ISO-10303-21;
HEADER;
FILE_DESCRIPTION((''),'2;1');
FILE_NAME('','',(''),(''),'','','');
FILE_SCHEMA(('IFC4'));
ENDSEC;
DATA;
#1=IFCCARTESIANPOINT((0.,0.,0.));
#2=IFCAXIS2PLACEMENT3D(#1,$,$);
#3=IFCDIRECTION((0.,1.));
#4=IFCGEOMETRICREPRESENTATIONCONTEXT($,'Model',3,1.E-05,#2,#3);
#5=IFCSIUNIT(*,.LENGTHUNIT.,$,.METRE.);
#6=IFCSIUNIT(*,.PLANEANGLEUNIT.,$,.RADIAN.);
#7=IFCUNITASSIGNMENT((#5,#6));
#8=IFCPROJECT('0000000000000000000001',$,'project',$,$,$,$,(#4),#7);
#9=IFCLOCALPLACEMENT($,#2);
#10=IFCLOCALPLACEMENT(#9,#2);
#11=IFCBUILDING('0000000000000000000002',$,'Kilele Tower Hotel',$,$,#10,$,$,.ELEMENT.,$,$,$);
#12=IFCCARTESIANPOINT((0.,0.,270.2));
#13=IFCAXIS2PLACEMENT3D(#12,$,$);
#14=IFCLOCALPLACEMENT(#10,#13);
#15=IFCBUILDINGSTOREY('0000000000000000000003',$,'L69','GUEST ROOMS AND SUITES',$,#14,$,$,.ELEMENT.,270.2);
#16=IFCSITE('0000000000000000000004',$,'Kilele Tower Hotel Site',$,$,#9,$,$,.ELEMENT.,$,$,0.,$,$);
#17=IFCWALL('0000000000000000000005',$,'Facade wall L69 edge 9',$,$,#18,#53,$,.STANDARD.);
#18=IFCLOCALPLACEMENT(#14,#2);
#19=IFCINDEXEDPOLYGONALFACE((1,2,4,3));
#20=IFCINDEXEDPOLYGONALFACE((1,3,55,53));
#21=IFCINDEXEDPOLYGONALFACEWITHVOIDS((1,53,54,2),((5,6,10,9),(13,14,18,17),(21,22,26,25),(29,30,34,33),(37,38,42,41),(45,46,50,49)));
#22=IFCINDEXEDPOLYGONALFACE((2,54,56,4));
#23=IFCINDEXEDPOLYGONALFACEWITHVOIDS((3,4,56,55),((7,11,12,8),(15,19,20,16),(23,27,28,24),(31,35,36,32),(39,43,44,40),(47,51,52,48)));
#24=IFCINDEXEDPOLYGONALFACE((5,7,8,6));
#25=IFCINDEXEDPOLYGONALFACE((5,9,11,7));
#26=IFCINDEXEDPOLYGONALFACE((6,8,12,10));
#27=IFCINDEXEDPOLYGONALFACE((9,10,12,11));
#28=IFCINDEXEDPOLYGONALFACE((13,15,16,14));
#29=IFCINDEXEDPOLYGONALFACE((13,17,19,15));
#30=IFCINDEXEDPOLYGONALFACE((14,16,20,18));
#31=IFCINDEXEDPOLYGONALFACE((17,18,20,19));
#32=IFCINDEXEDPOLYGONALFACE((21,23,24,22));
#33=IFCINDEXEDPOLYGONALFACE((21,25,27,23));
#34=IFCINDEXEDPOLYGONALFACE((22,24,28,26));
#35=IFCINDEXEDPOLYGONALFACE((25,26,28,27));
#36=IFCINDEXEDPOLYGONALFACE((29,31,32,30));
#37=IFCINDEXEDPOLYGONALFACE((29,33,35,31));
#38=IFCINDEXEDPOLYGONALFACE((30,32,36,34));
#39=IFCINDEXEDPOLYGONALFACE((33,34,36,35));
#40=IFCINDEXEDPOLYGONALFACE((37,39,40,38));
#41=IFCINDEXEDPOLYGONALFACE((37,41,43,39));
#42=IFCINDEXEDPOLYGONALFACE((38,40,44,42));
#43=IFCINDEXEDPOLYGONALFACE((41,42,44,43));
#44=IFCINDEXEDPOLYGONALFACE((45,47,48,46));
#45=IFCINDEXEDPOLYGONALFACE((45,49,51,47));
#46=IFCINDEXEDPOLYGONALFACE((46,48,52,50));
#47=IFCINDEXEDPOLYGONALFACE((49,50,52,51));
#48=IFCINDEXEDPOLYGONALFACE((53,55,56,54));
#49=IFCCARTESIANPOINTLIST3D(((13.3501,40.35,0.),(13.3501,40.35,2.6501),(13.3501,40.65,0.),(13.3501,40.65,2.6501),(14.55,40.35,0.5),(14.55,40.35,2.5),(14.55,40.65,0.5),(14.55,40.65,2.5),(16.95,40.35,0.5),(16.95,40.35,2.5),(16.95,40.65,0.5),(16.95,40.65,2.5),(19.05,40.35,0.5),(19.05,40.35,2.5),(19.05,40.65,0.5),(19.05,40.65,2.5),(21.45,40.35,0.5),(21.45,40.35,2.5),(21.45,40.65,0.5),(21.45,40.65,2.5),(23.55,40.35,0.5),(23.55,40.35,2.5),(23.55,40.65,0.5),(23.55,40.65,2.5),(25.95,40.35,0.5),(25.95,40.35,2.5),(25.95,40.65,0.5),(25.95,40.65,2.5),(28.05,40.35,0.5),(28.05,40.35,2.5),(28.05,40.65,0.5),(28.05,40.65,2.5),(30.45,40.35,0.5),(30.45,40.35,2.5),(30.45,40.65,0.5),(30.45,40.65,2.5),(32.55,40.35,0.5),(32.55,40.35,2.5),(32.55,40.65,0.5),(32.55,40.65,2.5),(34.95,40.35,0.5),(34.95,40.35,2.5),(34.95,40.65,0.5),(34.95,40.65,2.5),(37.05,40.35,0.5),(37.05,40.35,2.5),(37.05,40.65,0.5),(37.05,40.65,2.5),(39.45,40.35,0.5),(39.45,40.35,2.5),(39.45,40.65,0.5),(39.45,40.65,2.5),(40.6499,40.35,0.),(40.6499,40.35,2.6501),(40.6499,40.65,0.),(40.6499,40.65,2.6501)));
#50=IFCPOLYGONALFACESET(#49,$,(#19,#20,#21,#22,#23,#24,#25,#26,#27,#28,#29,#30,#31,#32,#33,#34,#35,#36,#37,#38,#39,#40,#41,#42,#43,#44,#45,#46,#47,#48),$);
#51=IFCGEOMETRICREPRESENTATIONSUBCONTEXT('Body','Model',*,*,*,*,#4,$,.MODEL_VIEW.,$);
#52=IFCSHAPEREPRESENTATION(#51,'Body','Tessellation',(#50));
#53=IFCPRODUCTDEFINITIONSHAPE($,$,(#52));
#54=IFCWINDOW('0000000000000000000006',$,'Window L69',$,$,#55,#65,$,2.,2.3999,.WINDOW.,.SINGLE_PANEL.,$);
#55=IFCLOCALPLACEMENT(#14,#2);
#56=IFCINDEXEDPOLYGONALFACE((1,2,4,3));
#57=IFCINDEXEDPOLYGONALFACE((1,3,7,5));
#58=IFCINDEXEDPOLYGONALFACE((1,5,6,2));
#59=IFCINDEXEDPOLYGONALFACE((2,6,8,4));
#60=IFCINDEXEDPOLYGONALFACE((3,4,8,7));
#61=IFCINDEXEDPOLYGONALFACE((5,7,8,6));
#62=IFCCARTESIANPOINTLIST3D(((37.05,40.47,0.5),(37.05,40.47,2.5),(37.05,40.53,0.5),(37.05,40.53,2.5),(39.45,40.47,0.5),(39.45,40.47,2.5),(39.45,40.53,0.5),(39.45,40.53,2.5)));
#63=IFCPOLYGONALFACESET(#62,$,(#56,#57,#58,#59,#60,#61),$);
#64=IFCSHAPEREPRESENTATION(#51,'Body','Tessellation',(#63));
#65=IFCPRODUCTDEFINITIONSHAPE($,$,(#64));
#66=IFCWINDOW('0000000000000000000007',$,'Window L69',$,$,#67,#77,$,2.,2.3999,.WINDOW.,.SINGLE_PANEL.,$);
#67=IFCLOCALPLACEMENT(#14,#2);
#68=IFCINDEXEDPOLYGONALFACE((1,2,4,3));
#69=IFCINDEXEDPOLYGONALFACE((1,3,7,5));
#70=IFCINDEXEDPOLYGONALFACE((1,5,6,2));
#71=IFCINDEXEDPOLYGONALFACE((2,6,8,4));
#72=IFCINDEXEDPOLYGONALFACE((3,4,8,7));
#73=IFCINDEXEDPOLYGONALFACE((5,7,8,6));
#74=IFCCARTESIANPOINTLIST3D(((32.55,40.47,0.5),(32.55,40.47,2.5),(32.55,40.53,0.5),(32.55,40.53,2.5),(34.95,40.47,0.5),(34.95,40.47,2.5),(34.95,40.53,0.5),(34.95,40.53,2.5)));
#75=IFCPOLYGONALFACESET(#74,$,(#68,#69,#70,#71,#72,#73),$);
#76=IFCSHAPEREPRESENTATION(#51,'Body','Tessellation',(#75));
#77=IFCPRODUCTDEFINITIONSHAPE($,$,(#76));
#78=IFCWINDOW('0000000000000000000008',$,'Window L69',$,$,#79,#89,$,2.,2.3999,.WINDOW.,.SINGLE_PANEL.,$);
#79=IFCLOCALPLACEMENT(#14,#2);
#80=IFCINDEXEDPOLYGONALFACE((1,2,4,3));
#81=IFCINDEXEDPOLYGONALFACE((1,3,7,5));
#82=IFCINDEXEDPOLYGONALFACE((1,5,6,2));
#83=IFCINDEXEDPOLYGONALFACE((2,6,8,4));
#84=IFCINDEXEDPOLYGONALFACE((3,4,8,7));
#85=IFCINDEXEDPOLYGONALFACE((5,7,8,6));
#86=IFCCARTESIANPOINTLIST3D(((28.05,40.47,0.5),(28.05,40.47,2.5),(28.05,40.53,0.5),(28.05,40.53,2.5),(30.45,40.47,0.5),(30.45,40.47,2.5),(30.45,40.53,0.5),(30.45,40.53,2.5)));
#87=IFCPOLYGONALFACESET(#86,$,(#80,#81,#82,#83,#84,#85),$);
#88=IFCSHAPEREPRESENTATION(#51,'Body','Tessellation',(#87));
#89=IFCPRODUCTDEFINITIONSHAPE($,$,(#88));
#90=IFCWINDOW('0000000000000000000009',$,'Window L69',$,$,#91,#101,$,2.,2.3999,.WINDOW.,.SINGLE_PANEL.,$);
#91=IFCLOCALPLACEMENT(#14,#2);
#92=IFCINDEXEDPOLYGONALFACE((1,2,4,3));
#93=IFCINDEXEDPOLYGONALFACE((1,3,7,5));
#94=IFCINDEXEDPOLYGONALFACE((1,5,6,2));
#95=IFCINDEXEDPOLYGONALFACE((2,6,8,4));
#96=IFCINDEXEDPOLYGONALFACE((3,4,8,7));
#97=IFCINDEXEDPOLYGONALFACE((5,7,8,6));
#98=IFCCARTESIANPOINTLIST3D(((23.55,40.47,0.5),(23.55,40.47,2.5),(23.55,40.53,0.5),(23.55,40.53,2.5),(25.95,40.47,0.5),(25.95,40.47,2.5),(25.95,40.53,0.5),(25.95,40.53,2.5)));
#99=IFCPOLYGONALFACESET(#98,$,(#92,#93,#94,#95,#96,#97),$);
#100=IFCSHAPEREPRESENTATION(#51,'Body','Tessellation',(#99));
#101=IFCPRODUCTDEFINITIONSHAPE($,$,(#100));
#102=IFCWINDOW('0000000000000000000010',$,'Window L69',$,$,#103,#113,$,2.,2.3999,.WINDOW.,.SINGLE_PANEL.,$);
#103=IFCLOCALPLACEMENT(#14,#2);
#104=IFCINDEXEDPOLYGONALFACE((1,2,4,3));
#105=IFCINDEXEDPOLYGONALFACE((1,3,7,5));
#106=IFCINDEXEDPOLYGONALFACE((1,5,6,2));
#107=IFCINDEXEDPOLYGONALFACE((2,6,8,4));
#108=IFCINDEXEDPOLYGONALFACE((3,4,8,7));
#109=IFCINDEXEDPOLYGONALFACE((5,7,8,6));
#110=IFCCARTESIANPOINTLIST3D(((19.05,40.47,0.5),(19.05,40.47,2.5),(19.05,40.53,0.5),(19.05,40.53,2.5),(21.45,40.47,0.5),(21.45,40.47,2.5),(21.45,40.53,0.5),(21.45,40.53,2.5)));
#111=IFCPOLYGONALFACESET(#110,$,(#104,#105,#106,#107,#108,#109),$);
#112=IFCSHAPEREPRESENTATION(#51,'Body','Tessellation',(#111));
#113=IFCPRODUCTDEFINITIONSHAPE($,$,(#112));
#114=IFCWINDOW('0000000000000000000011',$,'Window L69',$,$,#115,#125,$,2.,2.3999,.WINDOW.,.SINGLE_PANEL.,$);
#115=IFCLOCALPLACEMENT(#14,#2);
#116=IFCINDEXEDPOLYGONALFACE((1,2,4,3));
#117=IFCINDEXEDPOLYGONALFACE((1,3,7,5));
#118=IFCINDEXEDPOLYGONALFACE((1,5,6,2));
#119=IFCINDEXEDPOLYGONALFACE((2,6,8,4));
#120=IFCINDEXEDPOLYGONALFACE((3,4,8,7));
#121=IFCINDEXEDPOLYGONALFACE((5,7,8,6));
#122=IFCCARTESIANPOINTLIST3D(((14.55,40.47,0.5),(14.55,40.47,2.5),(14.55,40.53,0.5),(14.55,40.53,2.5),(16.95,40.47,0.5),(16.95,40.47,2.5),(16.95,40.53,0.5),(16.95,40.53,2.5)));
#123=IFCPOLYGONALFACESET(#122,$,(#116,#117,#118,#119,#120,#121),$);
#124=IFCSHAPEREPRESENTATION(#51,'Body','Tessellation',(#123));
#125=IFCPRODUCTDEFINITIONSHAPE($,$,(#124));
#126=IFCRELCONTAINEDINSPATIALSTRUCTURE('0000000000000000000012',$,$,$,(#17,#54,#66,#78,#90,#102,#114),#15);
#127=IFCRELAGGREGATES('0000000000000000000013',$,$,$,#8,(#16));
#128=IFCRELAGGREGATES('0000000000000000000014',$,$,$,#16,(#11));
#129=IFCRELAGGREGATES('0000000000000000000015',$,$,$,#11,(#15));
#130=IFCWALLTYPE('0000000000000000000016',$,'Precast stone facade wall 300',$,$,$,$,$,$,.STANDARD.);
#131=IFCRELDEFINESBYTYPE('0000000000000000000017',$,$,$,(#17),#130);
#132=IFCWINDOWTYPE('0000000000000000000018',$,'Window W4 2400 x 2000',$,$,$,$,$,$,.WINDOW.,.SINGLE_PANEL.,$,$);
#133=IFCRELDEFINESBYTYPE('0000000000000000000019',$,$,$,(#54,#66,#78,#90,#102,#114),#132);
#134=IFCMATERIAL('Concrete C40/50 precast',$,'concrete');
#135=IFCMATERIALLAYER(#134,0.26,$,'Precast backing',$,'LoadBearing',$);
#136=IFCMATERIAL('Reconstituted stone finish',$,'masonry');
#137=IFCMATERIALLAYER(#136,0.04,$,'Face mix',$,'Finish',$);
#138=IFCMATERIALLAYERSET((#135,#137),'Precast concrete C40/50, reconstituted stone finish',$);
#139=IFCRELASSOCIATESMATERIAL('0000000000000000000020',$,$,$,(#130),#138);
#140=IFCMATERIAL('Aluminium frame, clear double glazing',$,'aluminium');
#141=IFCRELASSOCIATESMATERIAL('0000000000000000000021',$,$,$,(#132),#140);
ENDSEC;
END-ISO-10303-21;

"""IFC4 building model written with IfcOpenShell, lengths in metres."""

from ifc_helpers import new_model, si_unit, direction, frame, frame_2d, origin, place, context, subcontext, project, spatial, rectangle, extrude, material, layer, layer_set, type_object, element, fill, save


model = new_model("IFC4")

# Units and contexts
model_context = context("Model", 3, precision=1e-05, world=origin(), true_north=direction((0.0, 1.0)))
body_context = subcontext(model_context, "Body", "Model", "MODEL_VIEW")
ifc_project = project(units=[si_unit("LENGTHUNIT", "METRE"), si_unit("PLANEANGLEUNIT", "RADIAN")], contexts=[model_context])

# Site, building, storey
site_placement = place(None, origin())
site = spatial("IfcSite", under=ifc_project, at=site_placement, Name="Kilele Tower Hotel Site", CompositionType="ELEMENT", RefElevation=0.0)
building_placement = place(site_placement, origin())
building = spatial("IfcBuilding", under=site, at=building_placement, Name="Kilele Tower Hotel", CompositionType="ELEMENT")
storey_placement = place(building_placement, frame((0.0, 0.0, 270.2)))
storey = spatial("IfcBuildingStorey", under=building, at=storey_placement, Name="L69", Description="GUEST ROOMS AND SUITES", CompositionType="ELEMENT", Elevation=270.2)

# Shared definitions
ifc_material_1 = material(Name="Concrete C40/50 precast", Category="concrete")
ifc_layer_1 = layer(ifc_material_1, 0.26, Name="Precast backing", Category="LoadBearing")
ifc_material_2 = material(Name="Reconstituted stone finish", Category="masonry")
ifc_layer_2 = layer(ifc_material_2, 0.04, Name="Face mix", Category="Finish")
ifc_layer_set = layer_set([ifc_layer_1, ifc_layer_2], Name="Precast concrete C40/50, reconstituted stone finish")
wall_type = type_object("IfcWallType", Name="Precast stone facade wall 300", PredefinedType="STANDARD", material=ifc_layer_set)
ifc_material_3 = material(Name="Aluminium frame, clear double glazing", Category="aluminium")
window_type = type_object("IfcWindowType", Name="Window W4 2400 x 2000", PartitioningType="SINGLE_PANEL", PredefinedType="WINDOW", material=ifc_material_3)

# Wall, openings, windows
wall_1_placement = place(storey_placement, frame((40.6499, 40.5, 0.0), z_axis=(0.0, 0.0, 1.0), x_axis=(-1.0, 0.0, 0.0)))
wall_1 = element("IfcWall", 1, at=wall_1_placement, inside=storey, type_object=wall_type, Name="Facade wall L69 edge 9", PredefinedType="STANDARD", context=body_context, shape_type="SweptSolid", body=[
    extrude(rectangle(XDim=27.2998, YDim=0.3, at=frame_2d((13.6499, 0.0))), origin(), (0.0, 0.0, 1.0), 2.6501),
])
opening_1_placement = place(wall_1_placement, frame((1.2, 0.0, 0.5)))
opening_1 = element("IfcOpeningElement", 2, at=opening_1_placement, cuts=wall_1, PredefinedType="OPENING", context=body_context, shape_type="SweptSolid", body=[
    extrude(rectangle(XDim=2.3999, YDim=2.0, at=frame_2d((1.2, 1.0))), frame((0.0, 0.1599, 0.0), z_axis=(0.0, -1.0, 0.0), x_axis=(1.0, 0.0, 0.0)), (0.0, 0.0, 1.0), 0.3201),
])
opening_2_placement = place(wall_1_placement, frame((5.7, 0.0, 0.5)))
opening_2 = element("IfcOpeningElement", 3, at=opening_2_placement, cuts=wall_1, PredefinedType="OPENING", context=body_context, shape_type="SweptSolid", body=[
    extrude(rectangle(XDim=2.3999, YDim=2.0, at=frame_2d((1.2, 1.0))), frame((0.0, 0.1599, 0.0), z_axis=(0.0, -1.0, 0.0), x_axis=(1.0, 0.0, 0.0)), (0.0, 0.0, 1.0), 0.3201),
])
opening_3_placement = place(wall_1_placement, frame((10.2, 0.0, 0.5)))
opening_3 = element("IfcOpeningElement", 4, at=opening_3_placement, cuts=wall_1, PredefinedType="OPENING", context=body_context, shape_type="SweptSolid", body=[
    extrude(rectangle(XDim=2.3999, YDim=2.0, at=frame_2d((1.2, 1.0))), frame((0.0, 0.1599, 0.0), z_axis=(0.0, -1.0, 0.0), x_axis=(1.0, 0.0, 0.0)), (0.0, 0.0, 1.0), 0.3201),
])
opening_4_placement = place(wall_1_placement, frame((14.7, 0.0, 0.5)))
opening_4 = element("IfcOpeningElement", 5, at=opening_4_placement, cuts=wall_1, PredefinedType="OPENING", context=body_context, shape_type="SweptSolid", body=[
    extrude(rectangle(XDim=2.3999, YDim=2.0, at=frame_2d((1.2, 1.0))), frame((0.0, 0.1599, 0.0), z_axis=(0.0, -1.0, 0.0), x_axis=(1.0, 0.0, 0.0)), (0.0, 0.0, 1.0), 0.3201),
])
opening_5_placement = place(wall_1_placement, frame((19.2, 0.0, 0.5)))
opening_5 = element("IfcOpeningElement", 6, at=opening_5_placement, cuts=wall_1, PredefinedType="OPENING", context=body_context, shape_type="SweptSolid", body=[
    extrude(rectangle(XDim=2.3999, YDim=2.0, at=frame_2d((1.2, 1.0))), frame((0.0, 0.1599, 0.0), z_axis=(0.0, -1.0, 0.0), x_axis=(1.0, 0.0, 0.0)), (0.0, 0.0, 1.0), 0.3201),
])
opening_6_placement = place(wall_1_placement, frame((23.7, 0.0, 0.5)))
opening_6 = element("IfcOpeningElement", 7, at=opening_6_placement, cuts=wall_1, PredefinedType="OPENING", context=body_context, shape_type="SweptSolid", body=[
    extrude(rectangle(XDim=2.3999, YDim=2.0, at=frame_2d((1.2, 1.0))), frame((0.0, 0.1599, 0.0), z_axis=(0.0, -1.0, 0.0), x_axis=(1.0, 0.0, 0.0)), (0.0, 0.0, 1.0), 0.3201),
])
window_1_placement = place(opening_1_placement, origin())
window_1 = element("IfcWindow", 8, at=window_1_placement, inside=storey, type_object=window_type, Name="Window L69", OverallHeight=2.0, OverallWidth=2.3999, PartitioningType="SINGLE_PANEL", PredefinedType="WINDOW", context=body_context, shape_type="SweptSolid", body=[
    extrude(rectangle(XDim=2.3999, YDim=2.0, at=frame_2d((1.2, 1.0))), frame((0.0, 0.03, 0.0), z_axis=(0.0, -1.0, 0.0), x_axis=(1.0, 0.0, 0.0)), (0.0, 0.0, 1.0), 0.0601),
])
fill(opening_1, window_1)
window_2_placement = place(opening_2_placement, origin())
window_2 = element("IfcWindow", 9, at=window_2_placement, inside=storey, type_object=window_type, Name="Window L69", OverallHeight=2.0, OverallWidth=2.3999, PartitioningType="SINGLE_PANEL", PredefinedType="WINDOW", context=body_context, shape_type="SweptSolid", body=[
    extrude(rectangle(XDim=2.3999, YDim=2.0, at=frame_2d((1.2, 1.0))), frame((0.0, 0.03, 0.0), z_axis=(0.0, -1.0, 0.0), x_axis=(1.0, 0.0, 0.0)), (0.0, 0.0, 1.0), 0.0601),
])
fill(opening_2, window_2)
window_3_placement = place(opening_3_placement, origin())
window_3 = element("IfcWindow", 10, at=window_3_placement, inside=storey, type_object=window_type, Name="Window L69", OverallHeight=2.0, OverallWidth=2.3999, PartitioningType="SINGLE_PANEL", PredefinedType="WINDOW", context=body_context, shape_type="SweptSolid", body=[
    extrude(rectangle(XDim=2.3999, YDim=2.0, at=frame_2d((1.2, 1.0))), frame((0.0, 0.03, 0.0), z_axis=(0.0, -1.0, 0.0), x_axis=(1.0, 0.0, 0.0)), (0.0, 0.0, 1.0), 0.0601),
])
fill(opening_3, window_3)
window_4_placement = place(opening_4_placement, origin())
window_4 = element("IfcWindow", 11, at=window_4_placement, inside=storey, type_object=window_type, Name="Window L69", OverallHeight=2.0, OverallWidth=2.3999, PartitioningType="SINGLE_PANEL", PredefinedType="WINDOW", context=body_context, shape_type="SweptSolid", body=[
    extrude(rectangle(XDim=2.3999, YDim=2.0, at=frame_2d((1.2, 1.0))), frame((0.0, 0.03, 0.0), z_axis=(0.0, -1.0, 0.0), x_axis=(1.0, 0.0, 0.0)), (0.0, 0.0, 1.0), 0.0601),
])
fill(opening_4, window_4)
window_5_placement = place(opening_5_placement, origin())
window_5 = element("IfcWindow", 12, at=window_5_placement, inside=storey, type_object=window_type, Name="Window L69", OverallHeight=2.0, OverallWidth=2.3999, PartitioningType="SINGLE_PANEL", PredefinedType="WINDOW", context=body_context, shape_type="SweptSolid", body=[
    extrude(rectangle(XDim=2.3999, YDim=2.0, at=frame_2d((1.2, 1.0))), frame((0.0, 0.03, 0.0), z_axis=(0.0, -1.0, 0.0), x_axis=(1.0, 0.0, 0.0)), (0.0, 0.0, 1.0), 0.0601),
])
fill(opening_5, window_5)
window_6_placement = place(opening_6_placement, origin())
window_6 = element("IfcWindow", 13, at=window_6_placement, inside=storey, type_object=window_type, Name="Window L69", OverallHeight=2.0, OverallWidth=2.3999, PartitioningType="SINGLE_PANEL", PredefinedType="WINDOW", context=body_context, shape_type="SweptSolid", body=[
    extrude(rectangle(XDim=2.3999, YDim=2.0, at=frame_2d((1.2, 1.0))), frame((0.0, 0.03, 0.0), z_axis=(0.0, -1.0, 0.0), x_axis=(1.0, 0.0, 0.0)), (0.0, 0.0, 1.0), 0.0601),
])
fill(opening_6, window_6)

save(model, "model.ifc")
